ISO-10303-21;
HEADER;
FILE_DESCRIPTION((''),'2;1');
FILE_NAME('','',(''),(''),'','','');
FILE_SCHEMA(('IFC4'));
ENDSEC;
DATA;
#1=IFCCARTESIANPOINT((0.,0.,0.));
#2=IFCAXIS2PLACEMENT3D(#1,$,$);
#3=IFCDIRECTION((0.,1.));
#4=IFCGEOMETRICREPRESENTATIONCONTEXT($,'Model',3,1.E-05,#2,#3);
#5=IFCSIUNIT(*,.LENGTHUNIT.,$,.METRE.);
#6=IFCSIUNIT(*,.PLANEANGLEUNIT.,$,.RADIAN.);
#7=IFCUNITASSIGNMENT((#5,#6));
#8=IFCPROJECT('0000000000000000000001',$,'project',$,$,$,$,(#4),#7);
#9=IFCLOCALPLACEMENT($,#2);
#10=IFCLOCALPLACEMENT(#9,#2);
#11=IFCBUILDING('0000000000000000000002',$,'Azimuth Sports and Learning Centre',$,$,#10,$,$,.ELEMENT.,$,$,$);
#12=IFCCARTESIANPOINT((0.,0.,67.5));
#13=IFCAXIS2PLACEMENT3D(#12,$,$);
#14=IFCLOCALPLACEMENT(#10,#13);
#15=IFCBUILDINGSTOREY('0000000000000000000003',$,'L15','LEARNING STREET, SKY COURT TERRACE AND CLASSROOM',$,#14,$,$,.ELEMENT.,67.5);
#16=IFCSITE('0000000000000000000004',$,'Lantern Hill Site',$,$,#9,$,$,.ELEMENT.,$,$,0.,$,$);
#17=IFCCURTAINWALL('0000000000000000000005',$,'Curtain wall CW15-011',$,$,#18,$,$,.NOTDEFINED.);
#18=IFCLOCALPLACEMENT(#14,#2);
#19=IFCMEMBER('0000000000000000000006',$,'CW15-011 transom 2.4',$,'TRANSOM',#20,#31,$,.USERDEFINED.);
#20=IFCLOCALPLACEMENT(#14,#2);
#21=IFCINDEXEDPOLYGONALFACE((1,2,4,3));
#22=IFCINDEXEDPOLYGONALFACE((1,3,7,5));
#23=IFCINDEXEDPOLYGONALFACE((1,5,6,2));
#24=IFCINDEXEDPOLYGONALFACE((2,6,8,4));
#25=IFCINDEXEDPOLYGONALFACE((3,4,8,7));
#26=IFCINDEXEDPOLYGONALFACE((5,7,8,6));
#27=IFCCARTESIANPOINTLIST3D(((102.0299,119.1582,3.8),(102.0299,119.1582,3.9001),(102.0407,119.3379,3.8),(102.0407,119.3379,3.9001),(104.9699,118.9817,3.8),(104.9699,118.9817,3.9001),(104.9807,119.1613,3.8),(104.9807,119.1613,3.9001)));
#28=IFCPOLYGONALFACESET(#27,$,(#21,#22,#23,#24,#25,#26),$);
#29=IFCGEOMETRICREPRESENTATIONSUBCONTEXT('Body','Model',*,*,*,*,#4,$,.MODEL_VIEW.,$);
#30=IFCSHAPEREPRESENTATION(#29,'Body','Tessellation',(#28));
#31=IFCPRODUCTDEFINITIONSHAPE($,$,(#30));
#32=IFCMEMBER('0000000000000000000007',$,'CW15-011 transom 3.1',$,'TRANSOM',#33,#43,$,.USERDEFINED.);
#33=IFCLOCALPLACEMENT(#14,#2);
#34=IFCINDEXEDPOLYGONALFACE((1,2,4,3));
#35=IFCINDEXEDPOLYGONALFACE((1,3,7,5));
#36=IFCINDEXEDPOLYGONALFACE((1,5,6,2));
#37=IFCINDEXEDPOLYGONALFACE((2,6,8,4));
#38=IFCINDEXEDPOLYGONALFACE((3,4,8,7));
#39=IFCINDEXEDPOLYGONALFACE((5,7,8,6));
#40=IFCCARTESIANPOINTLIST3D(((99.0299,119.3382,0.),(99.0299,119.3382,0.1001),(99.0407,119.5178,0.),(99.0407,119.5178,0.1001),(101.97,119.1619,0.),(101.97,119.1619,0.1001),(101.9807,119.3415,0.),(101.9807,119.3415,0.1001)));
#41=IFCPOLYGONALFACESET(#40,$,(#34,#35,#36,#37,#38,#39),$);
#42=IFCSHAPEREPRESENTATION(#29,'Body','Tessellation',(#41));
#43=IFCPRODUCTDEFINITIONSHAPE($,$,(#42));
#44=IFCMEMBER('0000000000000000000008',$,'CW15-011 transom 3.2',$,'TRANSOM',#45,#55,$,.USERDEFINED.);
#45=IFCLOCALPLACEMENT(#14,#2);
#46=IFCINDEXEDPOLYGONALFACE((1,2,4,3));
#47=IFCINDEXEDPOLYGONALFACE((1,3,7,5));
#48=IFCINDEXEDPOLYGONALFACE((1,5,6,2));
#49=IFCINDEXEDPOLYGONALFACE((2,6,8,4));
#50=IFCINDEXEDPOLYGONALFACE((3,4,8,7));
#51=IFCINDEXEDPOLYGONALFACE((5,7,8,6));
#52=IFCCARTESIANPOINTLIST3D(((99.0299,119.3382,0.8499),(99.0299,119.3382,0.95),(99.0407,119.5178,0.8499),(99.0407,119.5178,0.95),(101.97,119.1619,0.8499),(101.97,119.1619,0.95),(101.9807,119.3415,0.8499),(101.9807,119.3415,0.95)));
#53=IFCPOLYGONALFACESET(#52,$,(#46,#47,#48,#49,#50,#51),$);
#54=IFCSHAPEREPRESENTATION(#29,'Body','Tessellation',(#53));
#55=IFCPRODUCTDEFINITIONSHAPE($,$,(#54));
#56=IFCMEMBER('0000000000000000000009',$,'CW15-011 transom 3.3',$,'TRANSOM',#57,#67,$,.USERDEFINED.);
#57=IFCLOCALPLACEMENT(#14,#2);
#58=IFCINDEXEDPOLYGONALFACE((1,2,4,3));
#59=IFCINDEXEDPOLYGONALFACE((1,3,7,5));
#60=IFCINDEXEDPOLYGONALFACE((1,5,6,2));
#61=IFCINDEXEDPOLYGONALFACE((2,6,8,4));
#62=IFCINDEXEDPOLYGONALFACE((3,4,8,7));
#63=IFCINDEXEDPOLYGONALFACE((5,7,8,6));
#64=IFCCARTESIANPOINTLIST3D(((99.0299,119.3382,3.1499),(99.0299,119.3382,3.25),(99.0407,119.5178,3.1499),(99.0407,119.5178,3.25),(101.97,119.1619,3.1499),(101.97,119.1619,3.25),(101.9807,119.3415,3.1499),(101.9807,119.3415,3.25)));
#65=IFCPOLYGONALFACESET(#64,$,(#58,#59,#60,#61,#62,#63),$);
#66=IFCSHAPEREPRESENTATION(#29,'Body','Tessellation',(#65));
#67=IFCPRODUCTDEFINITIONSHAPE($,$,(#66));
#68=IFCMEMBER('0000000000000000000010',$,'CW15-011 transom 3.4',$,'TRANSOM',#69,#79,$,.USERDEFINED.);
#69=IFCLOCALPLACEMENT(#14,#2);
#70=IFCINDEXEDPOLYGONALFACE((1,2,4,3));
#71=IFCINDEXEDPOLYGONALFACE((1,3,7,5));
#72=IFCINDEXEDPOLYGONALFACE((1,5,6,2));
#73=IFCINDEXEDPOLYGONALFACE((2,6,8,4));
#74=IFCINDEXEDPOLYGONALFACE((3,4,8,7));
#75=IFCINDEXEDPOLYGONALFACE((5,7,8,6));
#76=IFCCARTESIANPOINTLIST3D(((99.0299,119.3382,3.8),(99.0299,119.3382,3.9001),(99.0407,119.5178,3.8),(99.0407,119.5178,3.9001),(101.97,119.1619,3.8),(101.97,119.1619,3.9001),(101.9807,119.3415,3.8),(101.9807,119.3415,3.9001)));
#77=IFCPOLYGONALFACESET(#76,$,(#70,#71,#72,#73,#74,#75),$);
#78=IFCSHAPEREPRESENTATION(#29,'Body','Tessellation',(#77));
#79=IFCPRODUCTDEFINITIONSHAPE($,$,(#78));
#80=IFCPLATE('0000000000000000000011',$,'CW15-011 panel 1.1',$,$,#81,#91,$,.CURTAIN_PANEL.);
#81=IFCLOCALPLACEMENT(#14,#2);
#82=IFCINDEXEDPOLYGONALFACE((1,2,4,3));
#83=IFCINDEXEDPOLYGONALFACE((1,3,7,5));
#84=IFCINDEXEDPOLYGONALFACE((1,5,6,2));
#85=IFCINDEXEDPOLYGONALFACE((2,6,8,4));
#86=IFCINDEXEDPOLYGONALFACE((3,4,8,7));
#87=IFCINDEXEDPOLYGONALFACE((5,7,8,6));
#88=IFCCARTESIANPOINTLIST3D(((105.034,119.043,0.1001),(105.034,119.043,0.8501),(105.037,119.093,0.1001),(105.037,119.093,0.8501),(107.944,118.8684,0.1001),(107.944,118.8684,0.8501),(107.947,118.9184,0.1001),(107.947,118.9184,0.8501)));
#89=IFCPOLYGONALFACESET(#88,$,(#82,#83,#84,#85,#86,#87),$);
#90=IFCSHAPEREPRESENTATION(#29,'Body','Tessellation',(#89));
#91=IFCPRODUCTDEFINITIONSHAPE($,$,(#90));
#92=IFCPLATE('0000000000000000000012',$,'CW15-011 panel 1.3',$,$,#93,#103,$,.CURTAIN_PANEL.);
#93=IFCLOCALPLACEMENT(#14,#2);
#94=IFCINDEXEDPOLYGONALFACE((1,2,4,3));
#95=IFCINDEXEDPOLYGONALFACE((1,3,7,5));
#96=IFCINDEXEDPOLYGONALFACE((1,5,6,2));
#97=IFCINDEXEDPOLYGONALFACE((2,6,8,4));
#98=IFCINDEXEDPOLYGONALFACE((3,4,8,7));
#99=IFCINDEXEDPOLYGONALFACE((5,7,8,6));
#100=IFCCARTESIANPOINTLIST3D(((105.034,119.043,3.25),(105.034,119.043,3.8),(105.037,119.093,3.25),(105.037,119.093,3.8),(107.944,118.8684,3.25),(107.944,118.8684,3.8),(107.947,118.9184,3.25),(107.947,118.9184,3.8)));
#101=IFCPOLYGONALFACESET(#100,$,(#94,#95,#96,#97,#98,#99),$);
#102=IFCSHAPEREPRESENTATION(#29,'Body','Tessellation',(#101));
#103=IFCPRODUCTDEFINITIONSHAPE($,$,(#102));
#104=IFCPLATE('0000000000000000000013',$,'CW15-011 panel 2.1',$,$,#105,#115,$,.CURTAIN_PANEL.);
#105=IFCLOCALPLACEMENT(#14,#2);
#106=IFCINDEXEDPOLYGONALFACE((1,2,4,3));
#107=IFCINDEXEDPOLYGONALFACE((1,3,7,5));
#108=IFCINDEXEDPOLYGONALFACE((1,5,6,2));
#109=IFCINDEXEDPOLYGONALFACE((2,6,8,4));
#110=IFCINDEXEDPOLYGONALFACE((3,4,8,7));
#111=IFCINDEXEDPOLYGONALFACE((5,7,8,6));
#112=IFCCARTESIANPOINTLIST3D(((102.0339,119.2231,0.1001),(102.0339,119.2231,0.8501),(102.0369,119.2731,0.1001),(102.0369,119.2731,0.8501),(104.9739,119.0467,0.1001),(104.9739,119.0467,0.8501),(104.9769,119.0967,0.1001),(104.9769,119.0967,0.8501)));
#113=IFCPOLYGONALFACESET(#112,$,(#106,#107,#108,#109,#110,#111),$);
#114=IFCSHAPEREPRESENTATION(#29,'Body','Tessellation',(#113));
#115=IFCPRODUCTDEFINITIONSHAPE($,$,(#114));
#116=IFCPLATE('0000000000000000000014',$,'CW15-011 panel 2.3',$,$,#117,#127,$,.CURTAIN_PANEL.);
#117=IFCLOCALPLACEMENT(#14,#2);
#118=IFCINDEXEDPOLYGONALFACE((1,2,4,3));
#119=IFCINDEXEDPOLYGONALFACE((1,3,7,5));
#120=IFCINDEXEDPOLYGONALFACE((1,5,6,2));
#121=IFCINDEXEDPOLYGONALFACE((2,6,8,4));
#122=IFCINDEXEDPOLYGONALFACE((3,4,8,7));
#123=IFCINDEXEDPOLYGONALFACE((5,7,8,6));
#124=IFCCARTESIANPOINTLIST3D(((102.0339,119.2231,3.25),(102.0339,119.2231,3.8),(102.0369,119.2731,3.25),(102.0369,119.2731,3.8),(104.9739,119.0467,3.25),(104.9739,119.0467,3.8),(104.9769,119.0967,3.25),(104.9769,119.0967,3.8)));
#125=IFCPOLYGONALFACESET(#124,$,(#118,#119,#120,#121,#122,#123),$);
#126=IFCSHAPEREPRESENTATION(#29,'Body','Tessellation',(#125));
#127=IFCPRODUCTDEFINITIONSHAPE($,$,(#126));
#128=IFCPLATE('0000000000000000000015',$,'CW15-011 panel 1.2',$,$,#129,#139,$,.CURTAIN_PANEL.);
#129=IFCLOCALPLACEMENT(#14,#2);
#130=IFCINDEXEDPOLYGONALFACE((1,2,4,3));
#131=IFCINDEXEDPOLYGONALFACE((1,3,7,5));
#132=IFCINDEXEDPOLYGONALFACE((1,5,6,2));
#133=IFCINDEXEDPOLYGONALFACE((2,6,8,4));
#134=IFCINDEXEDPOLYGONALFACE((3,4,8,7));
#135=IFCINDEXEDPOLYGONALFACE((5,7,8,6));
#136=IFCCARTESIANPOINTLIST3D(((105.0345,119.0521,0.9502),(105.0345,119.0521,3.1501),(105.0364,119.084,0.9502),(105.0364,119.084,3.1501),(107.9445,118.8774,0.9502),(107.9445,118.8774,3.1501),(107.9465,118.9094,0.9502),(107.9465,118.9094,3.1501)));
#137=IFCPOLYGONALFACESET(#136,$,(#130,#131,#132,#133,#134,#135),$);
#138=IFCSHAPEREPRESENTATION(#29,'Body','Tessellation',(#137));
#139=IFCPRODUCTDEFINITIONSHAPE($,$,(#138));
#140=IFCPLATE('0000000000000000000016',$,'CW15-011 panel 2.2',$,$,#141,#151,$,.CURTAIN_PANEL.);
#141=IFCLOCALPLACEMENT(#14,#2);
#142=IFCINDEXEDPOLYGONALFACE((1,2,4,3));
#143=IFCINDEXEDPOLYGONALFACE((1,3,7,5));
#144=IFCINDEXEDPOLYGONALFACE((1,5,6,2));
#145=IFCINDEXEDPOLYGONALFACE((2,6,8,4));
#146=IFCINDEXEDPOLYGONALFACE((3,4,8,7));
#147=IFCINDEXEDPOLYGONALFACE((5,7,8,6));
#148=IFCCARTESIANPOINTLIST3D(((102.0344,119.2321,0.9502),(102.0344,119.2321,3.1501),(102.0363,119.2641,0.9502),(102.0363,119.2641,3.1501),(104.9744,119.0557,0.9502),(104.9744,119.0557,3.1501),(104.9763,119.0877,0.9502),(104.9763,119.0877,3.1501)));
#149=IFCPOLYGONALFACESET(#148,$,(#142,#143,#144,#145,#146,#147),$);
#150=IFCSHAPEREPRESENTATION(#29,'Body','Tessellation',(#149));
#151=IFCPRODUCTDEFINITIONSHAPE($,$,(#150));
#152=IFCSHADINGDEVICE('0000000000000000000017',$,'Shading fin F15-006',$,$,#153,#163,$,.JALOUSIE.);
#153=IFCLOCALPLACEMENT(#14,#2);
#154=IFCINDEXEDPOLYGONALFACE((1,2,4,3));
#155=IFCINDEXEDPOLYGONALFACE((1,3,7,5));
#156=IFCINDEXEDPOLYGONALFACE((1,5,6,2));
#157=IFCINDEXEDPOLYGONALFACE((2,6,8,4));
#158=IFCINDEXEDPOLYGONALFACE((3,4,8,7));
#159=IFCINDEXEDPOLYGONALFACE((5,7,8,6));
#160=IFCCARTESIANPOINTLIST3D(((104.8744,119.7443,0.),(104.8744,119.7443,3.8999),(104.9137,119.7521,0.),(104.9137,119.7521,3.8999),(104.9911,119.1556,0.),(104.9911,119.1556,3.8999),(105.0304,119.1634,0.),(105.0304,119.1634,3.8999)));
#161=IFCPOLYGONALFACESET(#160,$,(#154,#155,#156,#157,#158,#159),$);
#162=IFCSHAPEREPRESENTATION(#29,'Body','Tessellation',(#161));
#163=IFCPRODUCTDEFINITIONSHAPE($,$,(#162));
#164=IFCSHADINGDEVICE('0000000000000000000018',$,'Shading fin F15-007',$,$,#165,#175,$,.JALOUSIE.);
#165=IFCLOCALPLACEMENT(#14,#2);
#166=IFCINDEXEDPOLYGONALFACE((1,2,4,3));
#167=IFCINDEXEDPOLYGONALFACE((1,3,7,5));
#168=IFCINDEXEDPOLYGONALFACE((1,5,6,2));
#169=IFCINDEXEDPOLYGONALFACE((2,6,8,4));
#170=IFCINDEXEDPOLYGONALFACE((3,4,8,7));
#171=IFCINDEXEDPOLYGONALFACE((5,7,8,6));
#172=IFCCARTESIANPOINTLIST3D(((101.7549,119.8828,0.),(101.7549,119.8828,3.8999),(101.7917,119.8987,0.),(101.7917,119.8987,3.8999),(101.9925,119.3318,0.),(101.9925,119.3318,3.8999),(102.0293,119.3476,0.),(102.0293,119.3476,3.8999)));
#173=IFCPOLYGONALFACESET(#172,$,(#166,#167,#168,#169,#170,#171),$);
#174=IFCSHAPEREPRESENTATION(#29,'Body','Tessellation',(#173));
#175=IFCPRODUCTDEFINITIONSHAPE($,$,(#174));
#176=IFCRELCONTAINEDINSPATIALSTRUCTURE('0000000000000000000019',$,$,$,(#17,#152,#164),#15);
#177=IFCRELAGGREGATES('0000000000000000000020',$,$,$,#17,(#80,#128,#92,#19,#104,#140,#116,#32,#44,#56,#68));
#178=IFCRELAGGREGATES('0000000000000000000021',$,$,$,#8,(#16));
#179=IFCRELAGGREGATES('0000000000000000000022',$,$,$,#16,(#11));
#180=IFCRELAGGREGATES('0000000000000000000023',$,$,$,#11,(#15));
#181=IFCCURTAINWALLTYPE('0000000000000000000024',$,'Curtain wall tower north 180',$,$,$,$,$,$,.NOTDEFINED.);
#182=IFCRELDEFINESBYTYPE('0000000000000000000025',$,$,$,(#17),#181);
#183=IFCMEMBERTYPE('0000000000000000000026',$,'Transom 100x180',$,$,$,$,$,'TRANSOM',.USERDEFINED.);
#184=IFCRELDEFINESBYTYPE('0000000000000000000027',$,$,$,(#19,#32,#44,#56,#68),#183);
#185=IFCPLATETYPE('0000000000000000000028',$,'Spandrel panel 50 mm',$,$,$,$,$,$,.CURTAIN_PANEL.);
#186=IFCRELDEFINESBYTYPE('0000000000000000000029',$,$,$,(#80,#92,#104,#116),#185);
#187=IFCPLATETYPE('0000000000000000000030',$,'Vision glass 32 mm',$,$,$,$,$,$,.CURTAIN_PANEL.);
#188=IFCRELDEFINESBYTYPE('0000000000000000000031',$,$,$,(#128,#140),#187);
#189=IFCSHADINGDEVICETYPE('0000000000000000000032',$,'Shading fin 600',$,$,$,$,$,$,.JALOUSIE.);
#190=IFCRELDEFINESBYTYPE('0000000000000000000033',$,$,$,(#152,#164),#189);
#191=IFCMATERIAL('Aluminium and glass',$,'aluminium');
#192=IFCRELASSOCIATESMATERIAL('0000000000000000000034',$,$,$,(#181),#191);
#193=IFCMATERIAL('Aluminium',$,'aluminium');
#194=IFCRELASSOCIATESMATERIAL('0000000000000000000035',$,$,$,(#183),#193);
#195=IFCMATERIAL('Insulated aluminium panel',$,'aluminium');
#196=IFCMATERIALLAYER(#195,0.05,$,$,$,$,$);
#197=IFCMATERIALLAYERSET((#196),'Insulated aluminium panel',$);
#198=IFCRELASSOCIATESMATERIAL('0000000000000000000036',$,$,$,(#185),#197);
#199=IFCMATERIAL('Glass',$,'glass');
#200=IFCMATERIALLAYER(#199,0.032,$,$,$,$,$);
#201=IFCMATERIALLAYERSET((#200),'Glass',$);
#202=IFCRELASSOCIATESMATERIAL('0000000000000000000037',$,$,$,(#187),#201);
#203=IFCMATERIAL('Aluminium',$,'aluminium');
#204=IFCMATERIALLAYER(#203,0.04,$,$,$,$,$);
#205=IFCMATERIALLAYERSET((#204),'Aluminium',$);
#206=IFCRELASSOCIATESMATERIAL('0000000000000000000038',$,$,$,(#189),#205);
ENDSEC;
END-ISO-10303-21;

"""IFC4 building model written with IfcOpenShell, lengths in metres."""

from ifc_helpers import new_model, si_unit, direction, frame, origin, origin_2d, place, context, subcontext, project, spatial, rectangle, extrude, material, layer, layer_set, material_profile, profile_set, type_object, element, aggregate, save


model = new_model("IFC4")

# Units and contexts
model_context = context("Model", 3, precision=1e-05, world=origin(), true_north=direction((0.0, 1.0)))
body_context = subcontext(model_context, "Body", "Model", "MODEL_VIEW")
ifc_project = project(units=[si_unit("LENGTHUNIT", "METRE"), si_unit("PLANEANGLEUNIT", "RADIAN")], contexts=[model_context])

# Site, building, storey
site_placement = place(None, origin())
site = spatial("IfcSite", under=ifc_project, at=site_placement, Name="Lantern Hill Site", CompositionType="ELEMENT", RefElevation=0.0)
building_placement = place(site_placement, origin())
building = spatial("IfcBuilding", under=site, at=building_placement, Name="Azimuth Sports and Learning Centre", CompositionType="ELEMENT")
storey_placement = place(building_placement, frame((0.0, 0.0, 67.5)))
storey = spatial("IfcBuildingStorey", under=building, at=storey_placement, Name="L15", Description="LEARNING STREET, SKY COURT TERRACE AND CLASSROOM", CompositionType="ELEMENT", Elevation=67.5)

# Curtain wall, members, plates
ifc_material_1 = material(Name="Aluminium and glass", Category="aluminium")
curtain_wall_type = type_object("IfcCurtainWallType", Name="Curtain wall tower north 180", PredefinedType="NOTDEFINED", material=ifc_material_1)
curtain_wall_placement = place(storey_placement, origin())
curtain_wall = element("IfcCurtainWall", 1, at=curtain_wall_placement, inside=storey, type_object=curtain_wall_type, Name="Curtain wall CW15-011", PredefinedType="NOTDEFINED")
ifc_material_2 = material(Name="Aluminium", Category="aluminium")
ifc_material_profile_1 = material_profile(ifc_material_2, rectangle(XDim=0.1799, YDim=0.1001, at=origin_2d()), Name="Transom 100x180")
ifc_profile_set_1 = profile_set([ifc_material_profile_1], Name="Aluminium")
member_type_1 = type_object("IfcMemberType", Name="Transom 100x180", ElementType="TRANSOM", PredefinedType="USERDEFINED", material=ifc_profile_set_1)
member_1_placement = place(storey_placement, frame((104.9753, 119.0715, 3.8501), z_axis=(-0.998202, 0.059932, 0.0), x_axis=(-0.059932, -0.998202, 0.0)))
member_1 = element("IfcMember", 2, at=member_1_placement, type_object=member_type_1, Name="CW15-011 transom 2.4", ObjectType="TRANSOM", PredefinedType="USERDEFINED", context=body_context, shape_type="SweptSolid", body=[
    extrude(rectangle(XDim=0.1799, YDim=0.1001, at=origin_2d()), origin(), (0.0, 0.0, 1.0), 2.9453),
])
member_2_placement = place(storey_placement, frame((101.9753, 119.2517, 0.05), z_axis=(-0.998207, 0.059849, 0.0), x_axis=(-0.059849, -0.998207, 0.0)))
member_2 = element("IfcMember", 3, at=member_2_placement, type_object=member_type_1, Name="CW15-011 transom 3.1", ObjectType="TRANSOM", PredefinedType="USERDEFINED", context=body_context, shape_type="SweptSolid", body=[
    extrude(rectangle(XDim=0.1799, YDim=0.1001, at=origin_2d()), origin(), (0.0, 0.0, 1.0), 2.9453),
])
member_3_placement = place(storey_placement, frame((101.9753, 119.2517, 0.8999), z_axis=(-0.998207, 0.059849, 0.0), x_axis=(-0.059849, -0.998207, 0.0)))
member_3 = element("IfcMember", 4, at=member_3_placement, type_object=member_type_1, Name="CW15-011 transom 3.2", ObjectType="TRANSOM", PredefinedType="USERDEFINED", context=body_context, shape_type="SweptSolid", body=[
    extrude(rectangle(XDim=0.1799, YDim=0.1001, at=origin_2d()), origin(), (0.0, 0.0, 1.0), 2.9453),
])
member_4_placement = place(storey_placement, frame((101.9753, 119.2517, 3.2), z_axis=(-0.998207, 0.059849, 0.0), x_axis=(-0.059849, -0.998207, 0.0)))
member_4 = element("IfcMember", 5, at=member_4_placement, type_object=member_type_1, Name="CW15-011 transom 3.3", ObjectType="TRANSOM", PredefinedType="USERDEFINED", context=body_context, shape_type="SweptSolid", body=[
    extrude(rectangle(XDim=0.1799, YDim=0.1001, at=origin_2d()), origin(), (0.0, 0.0, 1.0), 2.9453),
])
member_5_placement = place(storey_placement, frame((101.9753, 119.2517, 3.8501), z_axis=(-0.998207, 0.059849, 0.0), x_axis=(-0.059849, -0.998207, 0.0)))
member_5 = element("IfcMember", 6, at=member_5_placement, type_object=member_type_1, Name="CW15-011 transom 3.4", ObjectType="TRANSOM", PredefinedType="USERDEFINED", context=body_context, shape_type="SweptSolid", body=[
    extrude(rectangle(XDim=0.1799, YDim=0.1001, at=origin_2d()), origin(), (0.0, 0.0, 1.0), 2.9453),
])
ifc_material_3 = material(Name="Insulated aluminium panel", Category="aluminium")
ifc_layer_1 = layer(ifc_material_3, 0.05)
ifc_layer_set_1 = layer_set([ifc_layer_1], Name="Insulated aluminium panel")
plate_type_1 = type_object("IfcPlateType", Name="Spandrel panel 50 mm", PredefinedType="CURTAIN_PANEL", material=ifc_layer_set_1)
plate_1_placement = place(storey_placement, frame((106.4905, 118.9807, 0.1001), z_axis=(0.0, 0.0, 1.0), x_axis=(-0.998205, 0.059892, 0.0)))
plate_1 = element("IfcPlate", 7, at=plate_1_placement, type_object=plate_type_1, Name="CW15-011 panel 1.1", PredefinedType="CURTAIN_PANEL", context=body_context, shape_type="SweptSolid", body=[
    extrude(rectangle(XDim=2.9153, YDim=0.05, at=origin_2d()), origin(), (0.0, 0.0, 1.0), 0.75),
])
plate_2_placement = place(storey_placement, frame((106.4905, 118.9807, 3.25), z_axis=(0.0, 0.0, 1.0), x_axis=(-0.998205, 0.059892, 0.0)))
plate_2 = element("IfcPlate", 8, at=plate_2_placement, type_object=plate_type_1, Name="CW15-011 panel 1.3", PredefinedType="CURTAIN_PANEL", context=body_context, shape_type="SweptSolid", body=[
    extrude(rectangle(XDim=2.9153, YDim=0.05, at=origin_2d()), origin(), (0.0, 0.0, 1.0), 0.55),
])
plate_3_placement = place(storey_placement, frame((103.5054, 119.1599, 0.1001), z_axis=(0.0, 0.0, 1.0), x_axis=(-0.998205, 0.059892, 0.0)))
plate_3 = element("IfcPlate", 9, at=plate_3_placement, type_object=plate_type_1, Name="CW15-011 panel 2.1", PredefinedType="CURTAIN_PANEL", context=body_context, shape_type="SweptSolid", body=[
    extrude(rectangle(XDim=2.9453, YDim=0.05, at=origin_2d()), origin(), (0.0, 0.0, 1.0), 0.75),
])
plate_4_placement = place(storey_placement, frame((103.5054, 119.1599, 3.25), z_axis=(0.0, 0.0, 1.0), x_axis=(-0.998205, 0.059892, 0.0)))
plate_4 = element("IfcPlate", 10, at=plate_4_placement, type_object=plate_type_1, Name="CW15-011 panel 2.3", PredefinedType="CURTAIN_PANEL", context=body_context, shape_type="SweptSolid", body=[
    extrude(rectangle(XDim=2.9453, YDim=0.05, at=origin_2d()), origin(), (0.0, 0.0, 1.0), 0.55),
])
ifc_material_4 = material(Name="Glass", Category="glass")
ifc_layer_2 = layer(ifc_material_4, 0.032)
ifc_layer_set_2 = layer_set([ifc_layer_2], Name="Glass")
plate_type_2 = type_object("IfcPlateType", Name="Vision glass 32 mm", PredefinedType="CURTAIN_PANEL", material=ifc_layer_set_2)
plate_5_placement = place(storey_placement, frame((106.4905, 118.9807, 0.9502), z_axis=(0.0, 0.0, 1.0), x_axis=(-0.998205, 0.059892, 0.0)))
plate_5 = element("IfcPlate", 11, at=plate_5_placement, type_object=plate_type_2, Name="CW15-011 panel 1.2", PredefinedType="CURTAIN_PANEL", context=body_context, shape_type="SweptSolid", body=[
    extrude(rectangle(XDim=2.9153, YDim=0.032, at=origin_2d()), origin(), (0.0, 0.0, 1.0), 2.2),
])
plate_6_placement = place(storey_placement, frame((103.5054, 119.1599, 0.9502), z_axis=(0.0, 0.0, 1.0), x_axis=(-0.998205, 0.059892, 0.0)))
plate_6 = element("IfcPlate", 12, at=plate_6_placement, type_object=plate_type_2, Name="CW15-011 panel 2.2", PredefinedType="CURTAIN_PANEL", context=body_context, shape_type="SweptSolid", body=[
    extrude(rectangle(XDim=2.9453, YDim=0.032, at=origin_2d()), origin(), (0.0, 0.0, 1.0), 2.2),
])
aggregate(curtain_wall, [plate_1, plate_5, plate_2, member_1, plate_3, plate_6, plate_4, member_2, member_3, member_4, member_5])

# Shading devices
ifc_material_5 = material(Name="Aluminium", Category="aluminium")
ifc_layer_3 = layer(ifc_material_5, 0.04)
ifc_layer_set_3 = layer_set([ifc_layer_3], Name="Aluminium")
shading_device_type = type_object("IfcShadingDeviceType", Name="Shading fin 600", PredefinedType="JALOUSIE", material=ifc_layer_set_3)
for number, where, z_axis, x_axis, name in (
    (13, (104.9524, 119.4539, 0.0), (0.0, 0.0, 1.0), (-0.194387, 0.980925, 0.0), "Shading fin F15-006"),
    (14, (101.8921, 119.6152, 0.0), (0.0, 0.0, 1.0), (-0.39586, 0.918311, 0.0), "Shading fin F15-007"),
):
    element("IfcShadingDevice", number, at=place(storey_placement, frame(where, z_axis=z_axis, x_axis=x_axis)), inside=storey, type_object=shading_device_type, Name=name, PredefinedType="JALOUSIE", context=body_context, shape_type="SweptSolid", body=[
        extrude(rectangle(XDim=0.6001, YDim=0.04, at=origin_2d()), origin(), (0.0, 0.0, 1.0), 3.8999),
    ])

save(model, "model.ifc")
